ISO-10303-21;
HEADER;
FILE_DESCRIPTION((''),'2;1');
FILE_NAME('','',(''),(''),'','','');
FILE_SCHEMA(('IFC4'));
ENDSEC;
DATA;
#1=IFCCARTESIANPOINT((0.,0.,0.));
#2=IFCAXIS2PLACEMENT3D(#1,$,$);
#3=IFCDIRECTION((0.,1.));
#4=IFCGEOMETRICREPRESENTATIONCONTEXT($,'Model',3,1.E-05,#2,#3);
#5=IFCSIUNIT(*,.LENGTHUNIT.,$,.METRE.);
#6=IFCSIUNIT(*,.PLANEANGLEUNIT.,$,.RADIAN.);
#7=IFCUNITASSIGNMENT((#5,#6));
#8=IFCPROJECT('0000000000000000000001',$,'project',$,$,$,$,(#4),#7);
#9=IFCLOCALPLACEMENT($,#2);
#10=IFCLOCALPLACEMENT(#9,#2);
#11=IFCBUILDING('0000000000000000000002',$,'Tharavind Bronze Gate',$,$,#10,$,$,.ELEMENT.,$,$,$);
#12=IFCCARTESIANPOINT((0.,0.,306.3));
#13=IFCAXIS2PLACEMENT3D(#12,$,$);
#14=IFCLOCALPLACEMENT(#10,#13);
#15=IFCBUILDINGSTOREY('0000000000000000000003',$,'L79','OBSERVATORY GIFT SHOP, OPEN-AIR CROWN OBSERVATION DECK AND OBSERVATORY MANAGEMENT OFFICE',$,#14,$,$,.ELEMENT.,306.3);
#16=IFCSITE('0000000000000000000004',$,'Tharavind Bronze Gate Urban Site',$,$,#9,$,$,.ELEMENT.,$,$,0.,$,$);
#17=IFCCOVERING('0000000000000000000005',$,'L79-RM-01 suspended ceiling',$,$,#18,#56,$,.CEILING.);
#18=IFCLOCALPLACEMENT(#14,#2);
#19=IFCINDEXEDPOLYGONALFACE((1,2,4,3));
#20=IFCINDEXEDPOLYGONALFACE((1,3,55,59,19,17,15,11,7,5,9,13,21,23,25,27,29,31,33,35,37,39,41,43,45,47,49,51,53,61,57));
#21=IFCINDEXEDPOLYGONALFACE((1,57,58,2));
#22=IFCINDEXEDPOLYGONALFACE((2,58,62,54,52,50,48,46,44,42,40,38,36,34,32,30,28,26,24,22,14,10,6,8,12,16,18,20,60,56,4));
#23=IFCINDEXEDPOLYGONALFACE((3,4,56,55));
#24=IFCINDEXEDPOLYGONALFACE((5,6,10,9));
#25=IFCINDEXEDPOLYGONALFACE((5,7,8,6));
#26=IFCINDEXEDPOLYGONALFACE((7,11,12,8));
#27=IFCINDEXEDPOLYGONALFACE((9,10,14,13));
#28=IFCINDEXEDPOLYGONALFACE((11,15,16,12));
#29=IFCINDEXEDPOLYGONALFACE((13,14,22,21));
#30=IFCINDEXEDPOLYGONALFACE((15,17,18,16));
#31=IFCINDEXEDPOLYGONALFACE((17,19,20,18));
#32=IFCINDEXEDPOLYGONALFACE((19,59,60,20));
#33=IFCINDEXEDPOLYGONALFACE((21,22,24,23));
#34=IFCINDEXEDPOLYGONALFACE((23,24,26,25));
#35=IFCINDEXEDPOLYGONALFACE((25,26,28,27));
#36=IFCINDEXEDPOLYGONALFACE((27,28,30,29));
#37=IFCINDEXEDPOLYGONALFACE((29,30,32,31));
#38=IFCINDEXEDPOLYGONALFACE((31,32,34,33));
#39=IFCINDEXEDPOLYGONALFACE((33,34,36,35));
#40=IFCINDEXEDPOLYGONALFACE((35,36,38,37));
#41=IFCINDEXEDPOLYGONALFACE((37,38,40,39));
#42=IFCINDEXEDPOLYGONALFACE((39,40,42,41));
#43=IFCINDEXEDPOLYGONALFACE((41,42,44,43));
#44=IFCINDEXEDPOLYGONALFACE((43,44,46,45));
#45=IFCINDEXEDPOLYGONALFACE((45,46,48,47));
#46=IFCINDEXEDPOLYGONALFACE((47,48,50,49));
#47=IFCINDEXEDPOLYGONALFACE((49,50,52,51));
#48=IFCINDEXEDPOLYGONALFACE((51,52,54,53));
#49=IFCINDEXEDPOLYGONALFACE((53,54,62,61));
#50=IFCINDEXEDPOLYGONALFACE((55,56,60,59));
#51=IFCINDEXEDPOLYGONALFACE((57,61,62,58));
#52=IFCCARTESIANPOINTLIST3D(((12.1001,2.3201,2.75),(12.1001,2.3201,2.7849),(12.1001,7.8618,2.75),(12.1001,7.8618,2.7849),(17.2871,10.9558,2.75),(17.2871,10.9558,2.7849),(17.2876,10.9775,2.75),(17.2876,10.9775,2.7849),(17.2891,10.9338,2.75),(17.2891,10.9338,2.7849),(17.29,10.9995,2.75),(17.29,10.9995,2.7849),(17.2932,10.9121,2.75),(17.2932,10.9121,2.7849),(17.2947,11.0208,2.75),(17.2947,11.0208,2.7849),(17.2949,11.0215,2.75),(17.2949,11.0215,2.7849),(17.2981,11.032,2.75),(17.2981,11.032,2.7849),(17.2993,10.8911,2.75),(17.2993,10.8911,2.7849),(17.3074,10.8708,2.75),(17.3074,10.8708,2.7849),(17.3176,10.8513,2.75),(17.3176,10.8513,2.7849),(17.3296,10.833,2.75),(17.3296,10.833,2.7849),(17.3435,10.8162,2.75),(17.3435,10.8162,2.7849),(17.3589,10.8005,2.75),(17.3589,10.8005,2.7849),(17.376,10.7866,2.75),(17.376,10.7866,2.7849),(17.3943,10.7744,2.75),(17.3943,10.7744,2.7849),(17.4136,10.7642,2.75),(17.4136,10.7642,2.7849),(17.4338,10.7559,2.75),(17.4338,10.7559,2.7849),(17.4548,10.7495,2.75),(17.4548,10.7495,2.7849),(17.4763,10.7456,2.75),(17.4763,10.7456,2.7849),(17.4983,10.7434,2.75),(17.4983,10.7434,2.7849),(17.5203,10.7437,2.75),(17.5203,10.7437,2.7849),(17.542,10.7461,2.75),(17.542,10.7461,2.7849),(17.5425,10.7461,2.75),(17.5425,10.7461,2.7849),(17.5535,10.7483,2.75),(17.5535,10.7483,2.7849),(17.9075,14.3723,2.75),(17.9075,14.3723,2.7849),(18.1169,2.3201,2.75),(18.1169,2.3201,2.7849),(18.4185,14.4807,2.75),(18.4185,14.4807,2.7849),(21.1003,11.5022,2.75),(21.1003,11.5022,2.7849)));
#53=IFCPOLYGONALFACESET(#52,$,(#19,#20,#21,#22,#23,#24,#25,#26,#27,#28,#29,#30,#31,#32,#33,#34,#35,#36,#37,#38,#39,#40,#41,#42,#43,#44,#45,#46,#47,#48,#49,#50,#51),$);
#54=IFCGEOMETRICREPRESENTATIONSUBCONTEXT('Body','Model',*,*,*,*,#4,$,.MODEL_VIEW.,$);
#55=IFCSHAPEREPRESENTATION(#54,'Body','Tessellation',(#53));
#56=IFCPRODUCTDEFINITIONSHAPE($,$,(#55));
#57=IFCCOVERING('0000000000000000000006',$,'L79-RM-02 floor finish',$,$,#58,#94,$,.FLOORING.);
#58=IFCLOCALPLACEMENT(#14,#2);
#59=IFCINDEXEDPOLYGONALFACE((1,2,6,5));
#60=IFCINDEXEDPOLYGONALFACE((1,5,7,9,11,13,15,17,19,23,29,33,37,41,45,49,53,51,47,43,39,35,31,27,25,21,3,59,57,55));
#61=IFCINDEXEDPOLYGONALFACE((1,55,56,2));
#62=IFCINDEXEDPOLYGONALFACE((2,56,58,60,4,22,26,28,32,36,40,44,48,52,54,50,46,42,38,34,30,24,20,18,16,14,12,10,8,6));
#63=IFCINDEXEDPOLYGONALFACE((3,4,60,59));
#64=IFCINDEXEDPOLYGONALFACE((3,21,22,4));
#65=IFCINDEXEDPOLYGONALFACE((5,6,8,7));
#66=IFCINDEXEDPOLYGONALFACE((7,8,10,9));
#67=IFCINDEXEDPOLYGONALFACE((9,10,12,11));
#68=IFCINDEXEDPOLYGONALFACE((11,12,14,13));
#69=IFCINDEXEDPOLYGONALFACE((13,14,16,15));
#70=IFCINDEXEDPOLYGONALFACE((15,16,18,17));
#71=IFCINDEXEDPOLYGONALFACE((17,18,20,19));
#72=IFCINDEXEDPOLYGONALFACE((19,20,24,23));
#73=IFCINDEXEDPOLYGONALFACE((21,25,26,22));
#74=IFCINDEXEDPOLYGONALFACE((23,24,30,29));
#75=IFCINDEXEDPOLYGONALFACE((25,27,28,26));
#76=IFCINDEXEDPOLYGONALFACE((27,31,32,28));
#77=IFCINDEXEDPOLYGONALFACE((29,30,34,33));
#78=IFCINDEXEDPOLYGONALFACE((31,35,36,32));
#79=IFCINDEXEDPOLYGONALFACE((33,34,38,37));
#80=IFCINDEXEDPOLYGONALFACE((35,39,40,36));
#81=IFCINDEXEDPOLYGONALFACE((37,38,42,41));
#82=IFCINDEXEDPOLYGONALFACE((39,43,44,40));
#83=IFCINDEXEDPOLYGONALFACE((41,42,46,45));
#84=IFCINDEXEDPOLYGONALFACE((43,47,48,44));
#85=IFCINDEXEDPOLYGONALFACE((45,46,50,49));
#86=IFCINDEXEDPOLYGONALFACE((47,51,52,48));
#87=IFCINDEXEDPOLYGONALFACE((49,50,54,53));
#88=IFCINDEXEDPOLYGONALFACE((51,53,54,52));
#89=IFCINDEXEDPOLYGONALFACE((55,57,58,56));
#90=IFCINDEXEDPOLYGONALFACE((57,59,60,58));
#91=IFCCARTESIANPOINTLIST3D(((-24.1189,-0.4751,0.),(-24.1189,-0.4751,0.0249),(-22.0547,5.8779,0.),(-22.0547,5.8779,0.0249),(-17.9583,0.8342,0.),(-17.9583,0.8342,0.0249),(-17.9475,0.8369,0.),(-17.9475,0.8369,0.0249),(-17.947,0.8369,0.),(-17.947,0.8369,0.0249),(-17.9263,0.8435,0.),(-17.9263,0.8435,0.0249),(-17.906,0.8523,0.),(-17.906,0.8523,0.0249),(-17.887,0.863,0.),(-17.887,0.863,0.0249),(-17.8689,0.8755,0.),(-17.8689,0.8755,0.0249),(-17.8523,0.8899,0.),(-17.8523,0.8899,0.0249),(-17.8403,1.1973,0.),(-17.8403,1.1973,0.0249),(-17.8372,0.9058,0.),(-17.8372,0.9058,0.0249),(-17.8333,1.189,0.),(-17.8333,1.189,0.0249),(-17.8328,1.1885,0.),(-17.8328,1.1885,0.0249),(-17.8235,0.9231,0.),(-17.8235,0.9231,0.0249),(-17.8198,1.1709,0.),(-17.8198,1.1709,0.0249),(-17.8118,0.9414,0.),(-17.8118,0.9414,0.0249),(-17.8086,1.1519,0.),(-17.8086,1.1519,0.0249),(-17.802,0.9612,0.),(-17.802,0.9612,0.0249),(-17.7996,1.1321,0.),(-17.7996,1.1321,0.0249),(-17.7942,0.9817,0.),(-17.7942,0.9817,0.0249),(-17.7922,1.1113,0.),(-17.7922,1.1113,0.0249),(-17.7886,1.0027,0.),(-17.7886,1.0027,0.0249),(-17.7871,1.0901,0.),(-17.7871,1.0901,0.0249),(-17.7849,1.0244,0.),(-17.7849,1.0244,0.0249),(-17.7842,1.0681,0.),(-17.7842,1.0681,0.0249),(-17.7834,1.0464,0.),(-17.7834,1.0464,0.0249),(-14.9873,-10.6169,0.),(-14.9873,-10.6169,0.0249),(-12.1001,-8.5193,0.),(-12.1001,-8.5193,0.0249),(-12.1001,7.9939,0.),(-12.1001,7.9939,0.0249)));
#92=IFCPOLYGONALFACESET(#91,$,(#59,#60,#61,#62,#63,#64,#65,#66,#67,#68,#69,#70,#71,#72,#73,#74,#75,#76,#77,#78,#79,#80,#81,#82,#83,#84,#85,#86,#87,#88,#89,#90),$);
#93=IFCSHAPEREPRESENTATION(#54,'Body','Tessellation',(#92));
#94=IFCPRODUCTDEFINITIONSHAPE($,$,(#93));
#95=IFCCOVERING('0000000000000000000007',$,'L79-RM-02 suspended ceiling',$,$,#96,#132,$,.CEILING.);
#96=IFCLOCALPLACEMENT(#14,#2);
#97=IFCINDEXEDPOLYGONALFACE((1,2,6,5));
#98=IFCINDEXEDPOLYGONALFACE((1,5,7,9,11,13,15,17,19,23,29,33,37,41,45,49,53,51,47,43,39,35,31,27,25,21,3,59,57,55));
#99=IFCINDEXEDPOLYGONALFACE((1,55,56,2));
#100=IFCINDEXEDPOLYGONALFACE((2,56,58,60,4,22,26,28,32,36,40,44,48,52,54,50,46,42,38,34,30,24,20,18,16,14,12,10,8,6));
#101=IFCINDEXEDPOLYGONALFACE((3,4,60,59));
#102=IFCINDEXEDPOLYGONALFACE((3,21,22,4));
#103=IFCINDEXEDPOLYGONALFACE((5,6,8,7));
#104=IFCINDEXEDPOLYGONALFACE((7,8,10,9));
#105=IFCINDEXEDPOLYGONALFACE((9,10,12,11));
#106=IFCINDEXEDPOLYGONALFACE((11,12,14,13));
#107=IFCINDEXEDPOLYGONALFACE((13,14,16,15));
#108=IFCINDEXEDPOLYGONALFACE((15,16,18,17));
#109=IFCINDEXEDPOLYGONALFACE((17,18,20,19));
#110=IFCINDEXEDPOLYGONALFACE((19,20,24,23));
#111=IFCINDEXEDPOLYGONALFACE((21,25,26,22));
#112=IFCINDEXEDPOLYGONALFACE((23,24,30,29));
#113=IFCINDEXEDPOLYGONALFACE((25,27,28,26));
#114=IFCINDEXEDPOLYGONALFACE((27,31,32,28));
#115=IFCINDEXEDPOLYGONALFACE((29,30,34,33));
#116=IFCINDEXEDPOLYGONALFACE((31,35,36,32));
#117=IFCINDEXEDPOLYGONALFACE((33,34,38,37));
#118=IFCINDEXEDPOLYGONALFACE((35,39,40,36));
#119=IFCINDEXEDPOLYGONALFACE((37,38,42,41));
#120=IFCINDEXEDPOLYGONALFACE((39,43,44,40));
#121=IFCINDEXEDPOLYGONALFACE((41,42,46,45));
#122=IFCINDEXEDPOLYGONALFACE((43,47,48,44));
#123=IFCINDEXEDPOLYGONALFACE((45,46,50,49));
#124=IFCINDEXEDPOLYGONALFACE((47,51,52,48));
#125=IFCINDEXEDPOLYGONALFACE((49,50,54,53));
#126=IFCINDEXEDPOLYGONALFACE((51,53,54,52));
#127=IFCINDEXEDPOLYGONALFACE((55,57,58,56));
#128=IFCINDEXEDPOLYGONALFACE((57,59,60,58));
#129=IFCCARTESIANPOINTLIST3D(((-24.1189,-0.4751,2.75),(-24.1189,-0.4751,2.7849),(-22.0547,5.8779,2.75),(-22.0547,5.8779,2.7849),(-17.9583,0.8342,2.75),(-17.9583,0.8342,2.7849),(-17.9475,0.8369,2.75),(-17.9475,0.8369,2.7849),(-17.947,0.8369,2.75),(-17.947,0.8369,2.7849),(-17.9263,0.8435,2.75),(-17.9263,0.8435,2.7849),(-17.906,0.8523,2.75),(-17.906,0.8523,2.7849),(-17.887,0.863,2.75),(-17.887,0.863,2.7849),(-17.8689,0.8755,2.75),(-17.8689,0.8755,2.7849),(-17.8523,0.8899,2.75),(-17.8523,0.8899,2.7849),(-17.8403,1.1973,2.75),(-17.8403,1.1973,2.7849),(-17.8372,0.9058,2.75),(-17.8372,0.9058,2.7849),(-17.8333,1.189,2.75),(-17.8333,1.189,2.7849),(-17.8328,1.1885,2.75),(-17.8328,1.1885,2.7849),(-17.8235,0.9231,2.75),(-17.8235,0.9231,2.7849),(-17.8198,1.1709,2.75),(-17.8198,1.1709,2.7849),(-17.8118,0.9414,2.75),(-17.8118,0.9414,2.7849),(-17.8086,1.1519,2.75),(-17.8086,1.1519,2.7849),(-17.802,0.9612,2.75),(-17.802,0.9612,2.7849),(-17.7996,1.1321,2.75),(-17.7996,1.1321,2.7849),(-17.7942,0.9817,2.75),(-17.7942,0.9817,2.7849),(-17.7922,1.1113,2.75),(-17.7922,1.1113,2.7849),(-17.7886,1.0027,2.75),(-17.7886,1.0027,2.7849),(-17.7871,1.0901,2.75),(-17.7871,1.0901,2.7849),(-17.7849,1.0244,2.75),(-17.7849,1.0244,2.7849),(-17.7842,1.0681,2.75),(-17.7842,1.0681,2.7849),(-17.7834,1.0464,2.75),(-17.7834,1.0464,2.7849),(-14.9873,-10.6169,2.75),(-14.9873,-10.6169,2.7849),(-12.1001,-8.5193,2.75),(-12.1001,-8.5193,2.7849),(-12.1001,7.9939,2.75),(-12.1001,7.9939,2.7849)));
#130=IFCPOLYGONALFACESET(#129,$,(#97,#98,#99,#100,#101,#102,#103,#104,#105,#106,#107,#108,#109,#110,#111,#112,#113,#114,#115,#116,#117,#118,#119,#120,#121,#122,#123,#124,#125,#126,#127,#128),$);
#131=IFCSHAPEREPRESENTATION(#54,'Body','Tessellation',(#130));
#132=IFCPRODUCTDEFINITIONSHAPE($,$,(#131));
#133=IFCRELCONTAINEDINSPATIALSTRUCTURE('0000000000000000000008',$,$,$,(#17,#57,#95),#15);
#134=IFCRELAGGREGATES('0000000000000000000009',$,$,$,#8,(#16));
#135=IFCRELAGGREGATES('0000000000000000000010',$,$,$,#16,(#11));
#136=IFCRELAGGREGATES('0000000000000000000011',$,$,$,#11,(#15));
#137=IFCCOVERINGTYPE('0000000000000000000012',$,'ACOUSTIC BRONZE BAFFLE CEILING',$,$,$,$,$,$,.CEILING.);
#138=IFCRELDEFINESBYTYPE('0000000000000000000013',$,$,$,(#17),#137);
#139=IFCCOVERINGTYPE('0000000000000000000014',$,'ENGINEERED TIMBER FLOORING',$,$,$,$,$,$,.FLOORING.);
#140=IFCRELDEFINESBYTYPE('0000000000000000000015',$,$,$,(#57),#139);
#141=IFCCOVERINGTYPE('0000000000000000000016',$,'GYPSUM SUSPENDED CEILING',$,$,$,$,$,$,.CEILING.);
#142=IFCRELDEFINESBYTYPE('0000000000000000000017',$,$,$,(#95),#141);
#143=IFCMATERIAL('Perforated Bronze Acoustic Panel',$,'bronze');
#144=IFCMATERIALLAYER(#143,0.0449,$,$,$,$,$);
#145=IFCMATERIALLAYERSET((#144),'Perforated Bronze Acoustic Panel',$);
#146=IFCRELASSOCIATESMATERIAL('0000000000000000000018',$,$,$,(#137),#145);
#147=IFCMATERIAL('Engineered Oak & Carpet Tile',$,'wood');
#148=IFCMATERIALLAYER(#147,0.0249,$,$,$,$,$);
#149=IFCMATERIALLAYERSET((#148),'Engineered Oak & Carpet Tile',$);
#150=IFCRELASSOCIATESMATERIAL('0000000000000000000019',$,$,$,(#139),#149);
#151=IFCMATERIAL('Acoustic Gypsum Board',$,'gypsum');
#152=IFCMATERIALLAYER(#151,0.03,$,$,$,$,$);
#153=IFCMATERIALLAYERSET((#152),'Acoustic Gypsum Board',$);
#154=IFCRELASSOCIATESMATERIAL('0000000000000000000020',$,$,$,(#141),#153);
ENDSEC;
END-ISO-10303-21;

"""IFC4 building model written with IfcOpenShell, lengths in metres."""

from ifc_helpers import new_model, si_unit, direction, frame, origin, place, context, subcontext, project, spatial, polyline, outline, extrude, material, layer, layer_set, type_object, element, save


model = new_model("IFC4")

# Units and contexts
model_context = context("Model", 3, precision=1e-05, world=origin(), true_north=direction((0.0, 1.0)))
body_context = subcontext(model_context, "Body", "Model", "MODEL_VIEW")
ifc_project = project(units=[si_unit("LENGTHUNIT", "METRE"), si_unit("PLANEANGLEUNIT", "RADIAN")], contexts=[model_context])

# Site, building, storey
site_placement = place(None, origin())
site = spatial("IfcSite", under=ifc_project, at=site_placement, Name="Tharavind Bronze Gate Urban Site", CompositionType="ELEMENT", RefElevation=0.0)
building_placement = place(site_placement, origin())
building = spatial("IfcBuilding", under=site, at=building_placement, Name="Tharavind Bronze Gate", CompositionType="ELEMENT")
storey_placement = place(building_placement, frame((0.0, 0.0, 306.3)))
storey = spatial("IfcBuildingStorey", under=building, at=storey_placement, Name="L79", Description="OBSERVATORY GIFT SHOP, OPEN-AIR CROWN OBSERVATION DECK AND OBSERVATORY MANAGEMENT OFFICE", CompositionType="ELEMENT", Elevation=306.3)

# Coverings
ifc_material_1 = material(Name="Perforated Bronze Acoustic Panel", Category="bronze")
ifc_layer_1 = layer(ifc_material_1, 0.0449)
ifc_layer_set_1 = layer_set([ifc_layer_1], Name="Perforated Bronze Acoustic Panel")
covering_type_1 = type_object("IfcCoveringType", Name="ACOUSTIC BRONZE BAFFLE CEILING", PredefinedType="CEILING", material=ifc_layer_set_1)
covering_1_placement = place(storey_placement, frame((0.0, 0.0, 2.75)))
element("IfcCovering", 1, at=covering_1_placement, inside=storey, type_object=covering_type_1, Name="L79-RM-01 suspended ceiling", PredefinedType="CEILING", context=body_context, shape_type="SweptSolid", body=[
    extrude(outline(polyline([(18.1169, 2.3201), (21.1003, 11.5022), (17.5535, 10.7483), (17.5425, 10.7461), (17.542, 10.7461), (17.5203, 10.7437), (17.4983, 10.7434), (17.4763, 10.7456), (17.4548, 10.7495), (17.4338, 10.7559), (17.4136, 10.7642), (17.3943, 10.7744), (17.376, 10.7866), (17.3589, 10.8005), (17.3435, 10.8162), (17.3296, 10.833), (17.3176, 10.8513), (17.3074, 10.8708), (17.2993, 10.8911), (17.2932, 10.9121), (17.2891, 10.9338), (17.2871, 10.9558), (17.2876, 10.9775), (17.29, 10.9995), (17.2947, 11.0208), (17.2949, 11.0215), (17.2981, 11.032), (18.4185, 14.4807), (17.9075, 14.3723), (12.1001, 7.8618), (12.1001, 2.3201), (18.1169, 2.3201)])), origin(), (0.0, 0.0, 1.0), 0.0349),
])
ifc_material_2 = material(Name="Engineered Oak & Carpet Tile", Category="wood")
ifc_layer_2 = layer(ifc_material_2, 0.0249)
ifc_layer_set_2 = layer_set([ifc_layer_2], Name="Engineered Oak & Carpet Tile")
covering_type_2 = type_object("IfcCoveringType", Name="ENGINEERED TIMBER FLOORING", PredefinedType="FLOORING", material=ifc_layer_set_2)
covering_2_placement = place(storey_placement, origin())
element("IfcCovering", 2, at=covering_2_placement, inside=storey, type_object=covering_type_2, Name="L79-RM-02 floor finish", PredefinedType="FLOORING", context=body_context, shape_type="SweptSolid", body=[
    extrude(outline(polyline([(-14.9873, -10.6169), (-12.1001, -8.5193), (-12.1001, 7.9939), (-22.0547, 5.8779), (-17.8403, 1.1973), (-17.8333, 1.189), (-17.8328, 1.1885), (-17.8198, 1.1709), (-17.8086, 1.1519), (-17.7996, 1.1321), (-17.7922, 1.1113), (-17.7871, 1.0901), (-17.7842, 1.0681), (-17.7834, 1.0464), (-17.7849, 1.0244), (-17.7886, 1.0027), (-17.7942, 0.9817), (-17.802, 0.9612), (-17.8118, 0.9414), (-17.8235, 0.9231), (-17.8372, 0.9058), (-17.8523, 0.8899), (-17.8689, 0.8755), (-17.887, 0.863), (-17.906, 0.8523), (-17.9263, 0.8435), (-17.947, 0.8369), (-17.9475, 0.8369), (-17.9583, 0.8342), (-24.1189, -0.4751), (-14.9873, -10.6169)])), origin(), (0.0, 0.0, 1.0), 0.0249),
])
ifc_material_3 = material(Name="Acoustic Gypsum Board", Category="gypsum")
ifc_layer_3 = layer(ifc_material_3, 0.03)
ifc_layer_set_3 = layer_set([ifc_layer_3], Name="Acoustic Gypsum Board")
covering_type_3 = type_object("IfcCoveringType", Name="GYPSUM SUSPENDED CEILING", PredefinedType="CEILING", material=ifc_layer_set_3)
covering_3_placement = place(storey_placement, frame((0.0, 0.0, 2.75)))
element("IfcCovering", 3, at=covering_3_placement, inside=storey, type_object=covering_type_3, Name="L79-RM-02 suspended ceiling", PredefinedType="CEILING", context=body_context, shape_type="SweptSolid", body=[
    extrude(outline(polyline([(-14.9873, -10.6169), (-12.1001, -8.5193), (-12.1001, 7.9939), (-22.0547, 5.8779), (-17.8403, 1.1973), (-17.8333, 1.189), (-17.8328, 1.1885), (-17.8198, 1.1709), (-17.8086, 1.1519), (-17.7996, 1.1321), (-17.7922, 1.1113), (-17.7871, 1.0901), (-17.7842, 1.0681), (-17.7834, 1.0464), (-17.7849, 1.0244), (-17.7886, 1.0027), (-17.7942, 0.9817), (-17.802, 0.9612), (-17.8118, 0.9414), (-17.8235, 0.9231), (-17.8372, 0.9058), (-17.8523, 0.8899), (-17.8689, 0.8755), (-17.887, 0.863), (-17.906, 0.8523), (-17.9263, 0.8435), (-17.947, 0.8369), (-17.9475, 0.8369), (-17.9583, 0.8342), (-24.1189, -0.4751), (-14.9873, -10.6169)])), origin(), (0.0, 0.0, 1.0), 0.0349),
])

save(model, "model.ifc")
